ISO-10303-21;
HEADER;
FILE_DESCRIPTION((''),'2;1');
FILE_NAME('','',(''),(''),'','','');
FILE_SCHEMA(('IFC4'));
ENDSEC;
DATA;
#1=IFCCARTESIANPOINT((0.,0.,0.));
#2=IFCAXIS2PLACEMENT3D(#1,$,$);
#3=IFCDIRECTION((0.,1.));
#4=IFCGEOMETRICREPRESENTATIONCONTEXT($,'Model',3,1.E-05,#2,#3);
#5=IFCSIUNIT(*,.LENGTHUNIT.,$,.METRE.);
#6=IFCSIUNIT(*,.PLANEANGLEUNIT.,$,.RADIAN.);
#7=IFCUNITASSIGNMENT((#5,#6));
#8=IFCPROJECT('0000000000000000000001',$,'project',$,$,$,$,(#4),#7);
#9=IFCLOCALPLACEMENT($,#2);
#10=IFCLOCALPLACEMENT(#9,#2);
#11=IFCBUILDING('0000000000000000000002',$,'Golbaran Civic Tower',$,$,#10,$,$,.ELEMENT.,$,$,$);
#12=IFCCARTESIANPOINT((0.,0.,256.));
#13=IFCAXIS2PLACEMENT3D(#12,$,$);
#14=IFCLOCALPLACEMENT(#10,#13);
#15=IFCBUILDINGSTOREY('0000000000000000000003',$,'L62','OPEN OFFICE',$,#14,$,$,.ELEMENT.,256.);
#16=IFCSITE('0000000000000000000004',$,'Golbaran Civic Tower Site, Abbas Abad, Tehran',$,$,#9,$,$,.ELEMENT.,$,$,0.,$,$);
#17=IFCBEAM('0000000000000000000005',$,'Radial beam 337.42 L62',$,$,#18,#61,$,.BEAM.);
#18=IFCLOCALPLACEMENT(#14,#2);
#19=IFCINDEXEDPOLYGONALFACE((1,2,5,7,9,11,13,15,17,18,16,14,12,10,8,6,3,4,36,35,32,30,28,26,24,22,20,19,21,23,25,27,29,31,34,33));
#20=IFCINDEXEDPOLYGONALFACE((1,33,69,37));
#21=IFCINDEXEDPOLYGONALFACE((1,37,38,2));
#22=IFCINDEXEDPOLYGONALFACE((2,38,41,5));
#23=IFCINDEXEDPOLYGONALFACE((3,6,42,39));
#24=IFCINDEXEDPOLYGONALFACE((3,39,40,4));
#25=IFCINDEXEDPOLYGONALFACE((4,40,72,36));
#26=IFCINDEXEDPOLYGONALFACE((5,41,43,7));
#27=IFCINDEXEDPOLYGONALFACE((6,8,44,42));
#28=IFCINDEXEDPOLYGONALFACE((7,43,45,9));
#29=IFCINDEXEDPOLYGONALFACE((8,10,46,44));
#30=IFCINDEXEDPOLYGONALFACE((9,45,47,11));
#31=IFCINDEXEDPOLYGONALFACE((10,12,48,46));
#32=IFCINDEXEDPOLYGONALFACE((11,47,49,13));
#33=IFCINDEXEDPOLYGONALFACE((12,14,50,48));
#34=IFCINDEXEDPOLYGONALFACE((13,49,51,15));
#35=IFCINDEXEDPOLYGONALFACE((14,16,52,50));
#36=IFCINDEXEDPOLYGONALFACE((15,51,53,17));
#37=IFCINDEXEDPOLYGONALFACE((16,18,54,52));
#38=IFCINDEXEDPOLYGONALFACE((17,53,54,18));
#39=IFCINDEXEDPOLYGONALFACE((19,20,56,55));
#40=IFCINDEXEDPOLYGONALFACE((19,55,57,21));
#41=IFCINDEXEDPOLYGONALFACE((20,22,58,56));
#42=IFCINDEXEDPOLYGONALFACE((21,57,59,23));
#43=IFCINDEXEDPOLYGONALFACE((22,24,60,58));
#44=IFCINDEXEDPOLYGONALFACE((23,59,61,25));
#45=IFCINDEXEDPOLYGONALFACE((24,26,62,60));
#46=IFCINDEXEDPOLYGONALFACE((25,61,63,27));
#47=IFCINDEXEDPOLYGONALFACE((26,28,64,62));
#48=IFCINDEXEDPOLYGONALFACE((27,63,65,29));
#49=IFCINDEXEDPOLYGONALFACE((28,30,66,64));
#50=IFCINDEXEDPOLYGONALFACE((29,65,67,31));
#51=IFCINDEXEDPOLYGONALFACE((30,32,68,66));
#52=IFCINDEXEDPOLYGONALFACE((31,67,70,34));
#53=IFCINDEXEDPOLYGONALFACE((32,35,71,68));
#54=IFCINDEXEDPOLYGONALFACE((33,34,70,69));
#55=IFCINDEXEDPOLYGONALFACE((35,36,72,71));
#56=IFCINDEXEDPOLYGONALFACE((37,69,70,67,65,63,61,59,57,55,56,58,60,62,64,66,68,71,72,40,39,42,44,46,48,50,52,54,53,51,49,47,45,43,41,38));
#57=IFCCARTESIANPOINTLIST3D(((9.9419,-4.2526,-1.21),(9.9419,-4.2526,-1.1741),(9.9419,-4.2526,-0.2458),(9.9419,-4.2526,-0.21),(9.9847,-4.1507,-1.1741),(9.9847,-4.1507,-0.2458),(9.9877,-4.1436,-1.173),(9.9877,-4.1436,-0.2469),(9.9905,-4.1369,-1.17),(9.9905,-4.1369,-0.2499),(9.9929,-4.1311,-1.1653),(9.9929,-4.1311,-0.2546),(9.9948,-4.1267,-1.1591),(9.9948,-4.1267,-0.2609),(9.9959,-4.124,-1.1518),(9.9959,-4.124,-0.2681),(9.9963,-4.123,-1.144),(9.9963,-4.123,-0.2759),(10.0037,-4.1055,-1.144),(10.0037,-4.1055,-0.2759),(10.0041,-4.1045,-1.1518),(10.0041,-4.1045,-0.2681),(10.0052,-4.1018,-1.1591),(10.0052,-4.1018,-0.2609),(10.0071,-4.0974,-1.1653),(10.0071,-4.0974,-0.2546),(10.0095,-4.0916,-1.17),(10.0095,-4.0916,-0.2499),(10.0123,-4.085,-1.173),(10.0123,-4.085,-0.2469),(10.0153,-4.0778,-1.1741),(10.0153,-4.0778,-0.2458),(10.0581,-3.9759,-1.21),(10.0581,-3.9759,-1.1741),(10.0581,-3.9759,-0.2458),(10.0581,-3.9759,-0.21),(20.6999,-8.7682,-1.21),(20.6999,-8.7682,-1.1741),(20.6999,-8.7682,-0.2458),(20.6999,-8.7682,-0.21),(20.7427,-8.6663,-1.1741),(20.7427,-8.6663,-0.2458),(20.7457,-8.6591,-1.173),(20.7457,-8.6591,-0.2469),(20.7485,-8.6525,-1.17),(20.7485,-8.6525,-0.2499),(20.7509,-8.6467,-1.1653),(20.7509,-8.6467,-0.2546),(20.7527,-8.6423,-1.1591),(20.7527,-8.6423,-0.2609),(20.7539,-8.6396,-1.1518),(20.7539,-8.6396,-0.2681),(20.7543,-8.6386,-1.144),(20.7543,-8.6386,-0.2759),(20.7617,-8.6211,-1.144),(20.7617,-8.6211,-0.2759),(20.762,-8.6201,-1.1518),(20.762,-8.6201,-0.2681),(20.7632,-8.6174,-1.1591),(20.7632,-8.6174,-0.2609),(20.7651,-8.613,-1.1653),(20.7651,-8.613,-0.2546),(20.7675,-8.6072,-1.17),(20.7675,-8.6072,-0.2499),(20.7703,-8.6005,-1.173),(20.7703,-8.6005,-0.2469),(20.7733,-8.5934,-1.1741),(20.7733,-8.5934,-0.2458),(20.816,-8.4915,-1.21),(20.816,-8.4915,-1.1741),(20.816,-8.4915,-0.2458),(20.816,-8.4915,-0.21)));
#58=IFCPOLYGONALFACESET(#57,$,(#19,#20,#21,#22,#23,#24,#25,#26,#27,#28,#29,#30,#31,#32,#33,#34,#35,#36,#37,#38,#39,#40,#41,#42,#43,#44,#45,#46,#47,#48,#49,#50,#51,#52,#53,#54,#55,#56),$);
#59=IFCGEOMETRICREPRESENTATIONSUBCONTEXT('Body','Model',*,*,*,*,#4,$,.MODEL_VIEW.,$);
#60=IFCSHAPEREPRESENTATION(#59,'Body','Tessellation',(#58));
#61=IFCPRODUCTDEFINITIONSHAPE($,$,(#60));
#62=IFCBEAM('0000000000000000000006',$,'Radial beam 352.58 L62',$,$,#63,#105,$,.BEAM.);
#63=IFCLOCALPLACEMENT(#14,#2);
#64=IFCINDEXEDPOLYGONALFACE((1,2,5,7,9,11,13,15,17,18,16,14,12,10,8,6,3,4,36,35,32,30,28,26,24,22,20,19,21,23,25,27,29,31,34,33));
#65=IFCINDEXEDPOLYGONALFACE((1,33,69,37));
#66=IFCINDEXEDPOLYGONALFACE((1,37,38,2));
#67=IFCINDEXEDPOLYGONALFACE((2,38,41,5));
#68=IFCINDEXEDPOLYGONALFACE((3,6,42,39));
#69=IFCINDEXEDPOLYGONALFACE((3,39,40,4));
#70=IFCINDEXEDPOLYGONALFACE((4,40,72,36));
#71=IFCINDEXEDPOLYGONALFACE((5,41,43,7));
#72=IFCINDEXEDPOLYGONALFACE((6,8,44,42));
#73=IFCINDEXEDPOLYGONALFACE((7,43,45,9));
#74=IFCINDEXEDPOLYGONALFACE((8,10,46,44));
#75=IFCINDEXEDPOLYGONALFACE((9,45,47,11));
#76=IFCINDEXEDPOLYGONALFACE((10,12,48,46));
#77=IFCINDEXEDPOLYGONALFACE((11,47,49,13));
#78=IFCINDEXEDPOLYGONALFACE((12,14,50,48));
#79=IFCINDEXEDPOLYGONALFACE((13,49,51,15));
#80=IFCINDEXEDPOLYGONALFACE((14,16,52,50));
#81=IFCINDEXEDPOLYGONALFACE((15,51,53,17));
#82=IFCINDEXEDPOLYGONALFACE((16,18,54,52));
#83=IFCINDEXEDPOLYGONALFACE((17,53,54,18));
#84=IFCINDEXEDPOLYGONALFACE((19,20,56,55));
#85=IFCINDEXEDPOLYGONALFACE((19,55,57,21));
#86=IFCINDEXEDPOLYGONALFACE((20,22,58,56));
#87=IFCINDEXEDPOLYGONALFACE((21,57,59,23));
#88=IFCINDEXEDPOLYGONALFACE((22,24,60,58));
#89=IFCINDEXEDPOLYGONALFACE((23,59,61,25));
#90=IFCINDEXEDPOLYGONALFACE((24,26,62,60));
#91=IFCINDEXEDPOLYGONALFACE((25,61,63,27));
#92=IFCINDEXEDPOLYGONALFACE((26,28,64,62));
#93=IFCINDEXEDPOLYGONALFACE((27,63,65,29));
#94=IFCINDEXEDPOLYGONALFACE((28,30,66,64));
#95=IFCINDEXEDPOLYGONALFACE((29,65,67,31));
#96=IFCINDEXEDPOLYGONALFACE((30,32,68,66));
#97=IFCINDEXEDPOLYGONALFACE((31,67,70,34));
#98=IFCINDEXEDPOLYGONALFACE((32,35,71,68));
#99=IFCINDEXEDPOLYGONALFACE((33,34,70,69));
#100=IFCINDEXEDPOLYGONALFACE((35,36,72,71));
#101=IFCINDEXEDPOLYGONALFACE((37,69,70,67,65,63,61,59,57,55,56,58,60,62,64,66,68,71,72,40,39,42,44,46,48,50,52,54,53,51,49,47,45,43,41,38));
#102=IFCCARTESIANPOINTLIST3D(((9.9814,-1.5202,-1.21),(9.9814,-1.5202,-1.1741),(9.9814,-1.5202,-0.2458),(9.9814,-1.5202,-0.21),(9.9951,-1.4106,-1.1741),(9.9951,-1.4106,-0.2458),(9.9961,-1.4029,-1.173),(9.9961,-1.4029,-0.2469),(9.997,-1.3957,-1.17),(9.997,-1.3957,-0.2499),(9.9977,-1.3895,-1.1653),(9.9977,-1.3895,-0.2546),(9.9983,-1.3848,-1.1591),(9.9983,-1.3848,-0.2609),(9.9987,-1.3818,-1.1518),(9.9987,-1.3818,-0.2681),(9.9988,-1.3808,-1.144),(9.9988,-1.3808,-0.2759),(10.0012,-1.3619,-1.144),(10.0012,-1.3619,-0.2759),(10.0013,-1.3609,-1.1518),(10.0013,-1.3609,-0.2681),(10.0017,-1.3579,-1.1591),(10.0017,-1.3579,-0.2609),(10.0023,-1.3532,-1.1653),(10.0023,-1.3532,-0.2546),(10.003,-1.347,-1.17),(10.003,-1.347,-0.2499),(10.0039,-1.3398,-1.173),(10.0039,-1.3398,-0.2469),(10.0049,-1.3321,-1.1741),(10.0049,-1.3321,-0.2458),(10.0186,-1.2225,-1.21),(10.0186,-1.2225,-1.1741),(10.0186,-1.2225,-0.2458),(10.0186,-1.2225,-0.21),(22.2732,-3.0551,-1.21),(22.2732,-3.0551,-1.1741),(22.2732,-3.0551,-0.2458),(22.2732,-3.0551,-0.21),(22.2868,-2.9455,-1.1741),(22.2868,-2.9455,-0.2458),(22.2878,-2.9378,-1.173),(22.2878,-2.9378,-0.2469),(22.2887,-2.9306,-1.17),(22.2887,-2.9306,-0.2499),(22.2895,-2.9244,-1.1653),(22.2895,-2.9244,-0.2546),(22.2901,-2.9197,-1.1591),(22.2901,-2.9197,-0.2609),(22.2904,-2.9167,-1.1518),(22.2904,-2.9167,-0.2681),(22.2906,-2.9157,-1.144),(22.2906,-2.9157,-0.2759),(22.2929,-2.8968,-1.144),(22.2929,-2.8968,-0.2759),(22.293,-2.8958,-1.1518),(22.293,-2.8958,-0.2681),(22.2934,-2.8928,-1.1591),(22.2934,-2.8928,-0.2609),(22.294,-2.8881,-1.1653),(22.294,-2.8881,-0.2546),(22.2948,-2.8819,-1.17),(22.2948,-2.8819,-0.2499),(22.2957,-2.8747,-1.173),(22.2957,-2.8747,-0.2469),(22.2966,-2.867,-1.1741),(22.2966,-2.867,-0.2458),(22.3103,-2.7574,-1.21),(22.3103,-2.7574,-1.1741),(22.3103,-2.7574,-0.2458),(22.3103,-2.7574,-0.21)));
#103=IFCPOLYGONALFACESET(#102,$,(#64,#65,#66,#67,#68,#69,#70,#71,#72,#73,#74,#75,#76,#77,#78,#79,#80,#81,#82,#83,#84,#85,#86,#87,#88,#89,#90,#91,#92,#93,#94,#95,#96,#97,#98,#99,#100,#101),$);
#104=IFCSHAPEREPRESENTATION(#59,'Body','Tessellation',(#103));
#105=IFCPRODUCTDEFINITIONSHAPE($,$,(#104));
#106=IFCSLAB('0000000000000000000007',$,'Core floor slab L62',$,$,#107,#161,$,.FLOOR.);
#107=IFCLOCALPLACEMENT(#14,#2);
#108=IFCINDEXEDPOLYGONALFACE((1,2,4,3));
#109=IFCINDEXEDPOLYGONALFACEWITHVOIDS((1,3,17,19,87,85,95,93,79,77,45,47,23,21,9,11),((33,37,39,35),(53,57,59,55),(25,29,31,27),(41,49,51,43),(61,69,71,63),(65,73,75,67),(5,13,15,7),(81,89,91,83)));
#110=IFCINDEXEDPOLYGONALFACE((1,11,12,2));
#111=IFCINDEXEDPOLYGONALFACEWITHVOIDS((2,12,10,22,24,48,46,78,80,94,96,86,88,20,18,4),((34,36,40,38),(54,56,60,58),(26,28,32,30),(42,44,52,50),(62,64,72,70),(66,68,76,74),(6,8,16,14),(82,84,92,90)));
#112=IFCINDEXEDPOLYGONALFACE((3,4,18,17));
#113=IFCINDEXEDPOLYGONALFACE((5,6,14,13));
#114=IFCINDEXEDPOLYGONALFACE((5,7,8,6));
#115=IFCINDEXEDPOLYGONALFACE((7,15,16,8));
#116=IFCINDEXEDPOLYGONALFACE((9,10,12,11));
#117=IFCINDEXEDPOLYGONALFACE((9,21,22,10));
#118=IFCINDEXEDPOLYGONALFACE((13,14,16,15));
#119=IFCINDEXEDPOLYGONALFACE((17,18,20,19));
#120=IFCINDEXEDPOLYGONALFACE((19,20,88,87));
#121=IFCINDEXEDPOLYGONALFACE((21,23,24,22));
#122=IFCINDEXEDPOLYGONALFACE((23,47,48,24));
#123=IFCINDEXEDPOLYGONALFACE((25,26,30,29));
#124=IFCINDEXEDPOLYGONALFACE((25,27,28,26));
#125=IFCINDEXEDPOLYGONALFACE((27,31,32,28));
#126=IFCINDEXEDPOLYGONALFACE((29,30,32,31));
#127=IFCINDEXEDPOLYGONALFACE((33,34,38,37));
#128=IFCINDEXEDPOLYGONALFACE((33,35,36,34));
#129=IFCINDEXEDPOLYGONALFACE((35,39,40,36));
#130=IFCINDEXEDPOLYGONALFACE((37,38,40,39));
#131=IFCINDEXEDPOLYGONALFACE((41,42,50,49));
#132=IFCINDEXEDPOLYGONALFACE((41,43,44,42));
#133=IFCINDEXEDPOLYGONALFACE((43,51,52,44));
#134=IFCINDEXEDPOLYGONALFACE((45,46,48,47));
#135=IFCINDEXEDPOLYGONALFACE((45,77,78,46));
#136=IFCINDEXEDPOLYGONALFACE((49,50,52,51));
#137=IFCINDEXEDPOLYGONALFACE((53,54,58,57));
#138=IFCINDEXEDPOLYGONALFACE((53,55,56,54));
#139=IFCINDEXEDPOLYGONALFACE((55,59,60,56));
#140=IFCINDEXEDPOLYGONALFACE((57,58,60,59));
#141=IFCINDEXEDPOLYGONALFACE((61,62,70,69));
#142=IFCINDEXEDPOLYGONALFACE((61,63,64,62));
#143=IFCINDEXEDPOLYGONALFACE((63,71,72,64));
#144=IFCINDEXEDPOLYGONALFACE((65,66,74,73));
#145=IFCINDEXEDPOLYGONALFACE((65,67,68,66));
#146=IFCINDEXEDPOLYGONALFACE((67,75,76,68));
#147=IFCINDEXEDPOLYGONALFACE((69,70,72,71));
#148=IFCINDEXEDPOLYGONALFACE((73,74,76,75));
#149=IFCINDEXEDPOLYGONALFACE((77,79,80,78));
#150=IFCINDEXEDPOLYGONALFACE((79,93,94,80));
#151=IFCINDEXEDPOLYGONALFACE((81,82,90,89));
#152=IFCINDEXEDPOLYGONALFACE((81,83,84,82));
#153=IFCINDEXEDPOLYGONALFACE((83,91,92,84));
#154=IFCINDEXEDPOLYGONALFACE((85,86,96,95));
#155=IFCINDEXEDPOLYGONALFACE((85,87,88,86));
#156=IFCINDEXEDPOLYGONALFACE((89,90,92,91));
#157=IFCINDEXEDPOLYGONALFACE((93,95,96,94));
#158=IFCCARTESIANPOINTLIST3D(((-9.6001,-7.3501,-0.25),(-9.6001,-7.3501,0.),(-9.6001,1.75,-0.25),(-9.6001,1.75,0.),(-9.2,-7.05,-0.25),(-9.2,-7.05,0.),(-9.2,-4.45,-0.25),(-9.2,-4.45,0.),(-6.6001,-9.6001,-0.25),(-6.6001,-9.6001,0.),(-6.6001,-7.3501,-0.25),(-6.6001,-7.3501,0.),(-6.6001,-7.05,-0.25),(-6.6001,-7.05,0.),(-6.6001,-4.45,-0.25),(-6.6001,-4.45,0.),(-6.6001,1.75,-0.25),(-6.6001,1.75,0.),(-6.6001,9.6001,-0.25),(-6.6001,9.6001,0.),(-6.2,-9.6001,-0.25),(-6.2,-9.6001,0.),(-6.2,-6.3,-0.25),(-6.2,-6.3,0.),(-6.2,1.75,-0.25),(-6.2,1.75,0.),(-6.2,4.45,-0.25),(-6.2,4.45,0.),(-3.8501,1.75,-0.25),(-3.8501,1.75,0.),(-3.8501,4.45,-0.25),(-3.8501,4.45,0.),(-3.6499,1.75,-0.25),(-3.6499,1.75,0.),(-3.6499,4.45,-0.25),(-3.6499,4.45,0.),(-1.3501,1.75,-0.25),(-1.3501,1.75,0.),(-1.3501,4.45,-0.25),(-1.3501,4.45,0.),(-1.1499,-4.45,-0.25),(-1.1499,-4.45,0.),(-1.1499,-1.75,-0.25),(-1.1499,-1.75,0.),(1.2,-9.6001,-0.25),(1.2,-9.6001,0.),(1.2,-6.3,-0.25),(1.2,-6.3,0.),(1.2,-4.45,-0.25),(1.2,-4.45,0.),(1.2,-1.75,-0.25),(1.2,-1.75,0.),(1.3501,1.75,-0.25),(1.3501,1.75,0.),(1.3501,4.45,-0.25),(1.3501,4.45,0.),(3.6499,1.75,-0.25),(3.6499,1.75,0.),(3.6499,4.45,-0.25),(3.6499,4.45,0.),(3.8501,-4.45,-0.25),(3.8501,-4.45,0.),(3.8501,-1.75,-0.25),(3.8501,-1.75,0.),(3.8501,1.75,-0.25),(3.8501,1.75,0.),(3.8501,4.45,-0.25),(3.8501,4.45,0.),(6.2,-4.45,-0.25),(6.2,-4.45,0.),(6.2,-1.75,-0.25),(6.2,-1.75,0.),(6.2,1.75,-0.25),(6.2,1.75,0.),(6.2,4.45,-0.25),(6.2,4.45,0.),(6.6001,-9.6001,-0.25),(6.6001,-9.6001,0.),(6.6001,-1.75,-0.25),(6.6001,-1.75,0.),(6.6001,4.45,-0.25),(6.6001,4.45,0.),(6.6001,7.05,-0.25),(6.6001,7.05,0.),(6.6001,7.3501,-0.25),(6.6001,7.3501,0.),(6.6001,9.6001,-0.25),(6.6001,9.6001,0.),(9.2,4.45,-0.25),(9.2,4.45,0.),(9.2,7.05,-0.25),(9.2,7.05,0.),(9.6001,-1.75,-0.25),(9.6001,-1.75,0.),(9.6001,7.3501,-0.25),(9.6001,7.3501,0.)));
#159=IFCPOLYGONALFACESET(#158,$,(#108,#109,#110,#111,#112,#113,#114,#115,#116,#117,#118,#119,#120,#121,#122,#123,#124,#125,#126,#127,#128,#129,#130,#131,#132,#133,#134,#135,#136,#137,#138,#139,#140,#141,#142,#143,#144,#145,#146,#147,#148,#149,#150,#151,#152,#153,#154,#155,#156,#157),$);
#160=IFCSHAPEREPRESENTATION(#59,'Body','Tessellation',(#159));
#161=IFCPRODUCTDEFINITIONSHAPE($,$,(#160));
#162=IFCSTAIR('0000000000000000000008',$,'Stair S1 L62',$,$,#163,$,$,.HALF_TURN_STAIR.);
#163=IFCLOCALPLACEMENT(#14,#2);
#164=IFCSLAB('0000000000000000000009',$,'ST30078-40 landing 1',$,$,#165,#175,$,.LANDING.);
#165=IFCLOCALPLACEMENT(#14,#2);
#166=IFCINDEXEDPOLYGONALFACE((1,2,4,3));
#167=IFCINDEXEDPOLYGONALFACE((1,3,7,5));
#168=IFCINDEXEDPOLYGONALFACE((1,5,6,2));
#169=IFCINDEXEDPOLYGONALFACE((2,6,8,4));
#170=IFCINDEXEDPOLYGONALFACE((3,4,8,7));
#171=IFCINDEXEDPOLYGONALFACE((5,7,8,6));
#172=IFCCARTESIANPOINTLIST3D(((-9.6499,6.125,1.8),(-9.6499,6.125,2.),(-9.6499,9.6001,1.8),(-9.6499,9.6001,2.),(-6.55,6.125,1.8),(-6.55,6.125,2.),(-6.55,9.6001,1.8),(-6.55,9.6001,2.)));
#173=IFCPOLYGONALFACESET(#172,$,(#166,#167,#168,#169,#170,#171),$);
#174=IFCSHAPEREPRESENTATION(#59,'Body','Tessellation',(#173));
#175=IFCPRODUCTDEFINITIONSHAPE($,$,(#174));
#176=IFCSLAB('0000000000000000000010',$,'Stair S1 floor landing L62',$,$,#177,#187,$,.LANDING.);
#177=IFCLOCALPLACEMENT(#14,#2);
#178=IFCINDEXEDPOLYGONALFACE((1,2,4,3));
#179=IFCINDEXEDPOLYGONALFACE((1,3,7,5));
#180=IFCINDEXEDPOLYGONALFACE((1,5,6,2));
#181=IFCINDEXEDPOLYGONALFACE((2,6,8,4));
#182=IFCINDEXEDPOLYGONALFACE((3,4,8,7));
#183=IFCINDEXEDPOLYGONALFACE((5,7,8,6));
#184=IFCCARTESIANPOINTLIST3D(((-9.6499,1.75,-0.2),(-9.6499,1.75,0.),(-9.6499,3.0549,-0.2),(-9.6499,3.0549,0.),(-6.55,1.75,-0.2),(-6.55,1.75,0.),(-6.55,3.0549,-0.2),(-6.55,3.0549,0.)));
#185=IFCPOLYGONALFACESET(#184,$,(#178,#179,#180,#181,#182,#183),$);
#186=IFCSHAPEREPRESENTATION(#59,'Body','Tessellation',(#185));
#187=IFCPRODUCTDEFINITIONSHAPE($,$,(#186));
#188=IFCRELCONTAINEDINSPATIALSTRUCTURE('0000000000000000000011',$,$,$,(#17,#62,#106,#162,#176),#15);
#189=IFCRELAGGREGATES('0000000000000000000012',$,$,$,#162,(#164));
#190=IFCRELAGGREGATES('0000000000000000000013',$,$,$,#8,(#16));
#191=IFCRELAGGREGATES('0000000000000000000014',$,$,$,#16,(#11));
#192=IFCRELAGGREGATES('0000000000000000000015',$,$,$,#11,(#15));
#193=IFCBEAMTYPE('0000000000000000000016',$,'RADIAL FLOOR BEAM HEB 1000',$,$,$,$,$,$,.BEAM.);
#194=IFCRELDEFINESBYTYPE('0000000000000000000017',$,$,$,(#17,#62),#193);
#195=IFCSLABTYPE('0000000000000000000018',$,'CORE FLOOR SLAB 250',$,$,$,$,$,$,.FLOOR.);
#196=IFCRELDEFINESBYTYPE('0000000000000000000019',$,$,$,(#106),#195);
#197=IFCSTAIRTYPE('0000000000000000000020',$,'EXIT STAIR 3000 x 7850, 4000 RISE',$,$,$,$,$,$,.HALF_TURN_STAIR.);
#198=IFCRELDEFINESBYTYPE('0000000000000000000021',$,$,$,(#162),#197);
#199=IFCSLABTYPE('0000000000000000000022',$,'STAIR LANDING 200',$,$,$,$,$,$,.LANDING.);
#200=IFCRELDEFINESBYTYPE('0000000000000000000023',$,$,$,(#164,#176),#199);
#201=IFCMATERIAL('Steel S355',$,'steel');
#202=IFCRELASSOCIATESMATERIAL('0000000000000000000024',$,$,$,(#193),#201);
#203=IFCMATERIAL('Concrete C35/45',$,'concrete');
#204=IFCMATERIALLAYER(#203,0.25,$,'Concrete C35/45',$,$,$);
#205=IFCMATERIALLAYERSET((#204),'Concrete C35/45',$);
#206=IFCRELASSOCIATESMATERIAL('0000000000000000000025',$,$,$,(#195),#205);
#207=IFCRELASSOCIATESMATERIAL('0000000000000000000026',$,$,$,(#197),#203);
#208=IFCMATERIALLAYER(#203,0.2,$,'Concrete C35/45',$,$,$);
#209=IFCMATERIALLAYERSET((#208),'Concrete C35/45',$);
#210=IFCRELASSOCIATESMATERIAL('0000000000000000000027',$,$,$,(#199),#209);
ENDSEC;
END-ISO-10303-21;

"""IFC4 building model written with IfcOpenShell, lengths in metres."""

from ifc_helpers import new_model, si_unit, direction, frame, origin, origin_2d, place, context, subcontext, project, spatial, polyline, i_section, outline, extrude, material, layer, layer_set, material_profile, profile_set, type_object, element, aggregate, save


model = new_model("IFC4")

# Units and contexts
model_context = context("Model", 3, precision=1e-05, world=origin(), true_north=direction((0.0, 1.0)))
body_context = subcontext(model_context, "Body", "Model", "MODEL_VIEW")
ifc_project = project(units=[si_unit("LENGTHUNIT", "METRE"), si_unit("PLANEANGLEUNIT", "RADIAN")], contexts=[model_context])

# Site, building, storey
site_placement = place(None, origin())
site = spatial("IfcSite", under=ifc_project, at=site_placement, Name="Golbaran Civic Tower Site, Abbas Abad, Tehran", CompositionType="ELEMENT", RefElevation=0.0)
building_placement = place(site_placement, origin())
building = spatial("IfcBuilding", under=site, at=building_placement, Name="Golbaran Civic Tower", CompositionType="ELEMENT")
storey_placement = place(building_placement, frame((0.0, 0.0, 256.0)))
storey = spatial("IfcBuildingStorey", under=building, at=storey_placement, Name="L62", Description="OPEN OFFICE", CompositionType="ELEMENT", Elevation=256.0)

# Beams
ifc_material_1 = material(Name="Steel S355", Category="steel")
ifc_material_profile = material_profile(ifc_material_1, i_section(OverallWidth=0.3, OverallDepth=1.0, WebThickness=0.019, FlangeThickness=0.0359, FilletRadius=0.03, at=origin_2d()), Name="HEB 1000")
ifc_profile_set = profile_set([ifc_material_profile], Name="Steel S355")
beam_type = type_object("IfcBeamType", Name="RADIAL FLOOR BEAM HEB 1000", PredefinedType="BEAM", material=ifc_profile_set)
beam_1_placement = place(storey_placement, frame((10.0, -4.1143, -0.71), z_axis=(0.922067, -0.387031, 0.0), x_axis=(0.387031, 0.922067, 0.0)))
element("IfcBeam", 1, at=beam_1_placement, inside=storey, type_object=beam_type, Name="Radial beam 337.42 L62", PredefinedType="BEAM", context=body_context, shape_type="SweptSolid", body=[
    extrude(i_section(OverallWidth=0.3, OverallDepth=1.0, WebThickness=0.019, FlangeThickness=0.0359, FilletRadius=0.03, at=origin_2d()), origin(), (0.0, 0.0, 1.0), 11.6672),
])
beam_2_placement = place(storey_placement, frame((10.0, -1.3713, -0.71), z_axis=(0.992293, -0.123911, 0.0), x_axis=(0.123911, 0.992293, 0.0)))
element("IfcBeam", 2, at=beam_2_placement, inside=storey, type_object=beam_type, Name="Radial beam 352.58 L62", PredefinedType="BEAM", context=body_context, shape_type="SweptSolid", body=[
    extrude(i_section(OverallWidth=0.3, OverallDepth=1.0, WebThickness=0.019, FlangeThickness=0.0359, FilletRadius=0.03, at=origin_2d()), origin(), (0.0, 0.0, 1.0), 12.3872),
])

# Slab
ifc_material_2 = material(Name="Concrete C35/45", Category="concrete")
ifc_layer_1 = layer(ifc_material_2, 0.25, Name="Concrete C35/45")
ifc_layer_set_1 = layer_set([ifc_layer_1], Name="Concrete C35/45")
slab_type_1 = type_object("IfcSlabType", Name="CORE FLOOR SLAB 250", PredefinedType="FLOOR", material=ifc_layer_set_1)
slab_1_placement = place(storey_placement, frame((0.0, 0.0, -0.25)))
element("IfcSlab", 3, at=slab_1_placement, inside=storey, type_object=slab_type_1, Name="Core floor slab L62", PredefinedType="FLOOR", context=body_context, shape_type="SweptSolid", body=[
    extrude(outline(polyline([(6.6001, -1.75), (6.6001, -9.6001), (1.2, -9.6001), (1.2, -6.3), (-6.2, -6.3), (-6.2, -9.6001), (-6.6001, -9.6001), (-6.6001, -7.3501), (-9.6001, -7.3501), (-9.6001, 1.75), (-6.6001, 1.75), (-6.6001, 9.6001), (6.6001, 9.6001), (6.6001, 7.3501), (9.6001, 7.3501), (9.6001, -1.75), (6.6001, -1.75)]), holes=[polyline([(9.2, 7.05), (6.6001, 7.05), (6.6001, 4.45), (9.2, 4.45), (9.2, 7.05)]), polyline([(6.2, -1.75), (3.8501, -1.75), (3.8501, -4.45), (6.2, -4.45), (6.2, -1.75)]), polyline([(6.2, 4.45), (3.8501, 4.45), (3.8501, 1.75), (6.2, 1.75), (6.2, 4.45)]), polyline([(3.6499, 4.45), (1.3501, 4.45), (1.3501, 1.75), (3.6499, 1.75), (3.6499, 4.45)]), polyline([(-1.1499, -1.75), (-1.1499, -4.45), (1.2, -4.45), (1.2, -1.75), (-1.1499, -1.75)]), polyline([(-1.3501, 4.45), (-3.6499, 4.45), (-3.6499, 1.75), (-1.3501, 1.75), (-1.3501, 4.45)]), polyline([(-3.8501, 4.45), (-6.2, 4.45), (-6.2, 1.75), (-3.8501, 1.75), (-3.8501, 4.45)]), polyline([(-6.6001, -4.45), (-9.2, -4.45), (-9.2, -7.05), (-6.6001, -7.05), (-6.6001, -4.45)])]), origin(), (0.0, 0.0, 1.0), 0.25),
])

# Stair, slab
stair_type = type_object("IfcStairType", Name="EXIT STAIR 3000 x 7850, 4000 RISE", PredefinedType="HALF_TURN_STAIR", material=ifc_material_2)
stair_1_placement = place(storey_placement, origin())
stair_1 = element("IfcStair", 4, at=stair_1_placement, inside=storey, type_object=stair_type, Name="Stair S1 L62", PredefinedType="HALF_TURN_STAIR")
ifc_layer_2 = layer(ifc_material_2, 0.2, Name="Concrete C35/45")
ifc_layer_set_2 = layer_set([ifc_layer_2], Name="Concrete C35/45")
slab_type_2 = type_object("IfcSlabType", Name="STAIR LANDING 200", PredefinedType="LANDING", material=ifc_layer_set_2)
slab_2_placement = place(storey_placement, frame((0.0, 0.0, 1.8)))
slab_2 = element("IfcSlab", 5, at=slab_2_placement, type_object=slab_type_2, Name="ST30078-40 landing 1", PredefinedType="LANDING", context=body_context, shape_type="SweptSolid", body=[
    extrude(outline(polyline([(-9.6499, 6.125), (-9.6499, 9.6001), (-6.55, 9.6001), (-6.55, 6.125), (-9.6499, 6.125)])), origin(), (0.0, 0.0, 1.0), 0.2),
])
aggregate(stair_1, [slab_2])

# Slab
slab_3_placement = place(storey_placement, frame((0.0, 0.0, -0.2)))
element("IfcSlab", 6, at=slab_3_placement, inside=storey, type_object=slab_type_2, Name="Stair S1 floor landing L62", PredefinedType="LANDING", context=body_context, shape_type="SweptSolid", body=[
    extrude(outline(polyline([(-9.6499, 1.75), (-9.6499, 3.0549), (-6.55, 3.0549), (-6.55, 1.75), (-9.6499, 1.75)])), origin(), (0.0, 0.0, 1.0), 0.2),
])

save(model, "model.ifc")
